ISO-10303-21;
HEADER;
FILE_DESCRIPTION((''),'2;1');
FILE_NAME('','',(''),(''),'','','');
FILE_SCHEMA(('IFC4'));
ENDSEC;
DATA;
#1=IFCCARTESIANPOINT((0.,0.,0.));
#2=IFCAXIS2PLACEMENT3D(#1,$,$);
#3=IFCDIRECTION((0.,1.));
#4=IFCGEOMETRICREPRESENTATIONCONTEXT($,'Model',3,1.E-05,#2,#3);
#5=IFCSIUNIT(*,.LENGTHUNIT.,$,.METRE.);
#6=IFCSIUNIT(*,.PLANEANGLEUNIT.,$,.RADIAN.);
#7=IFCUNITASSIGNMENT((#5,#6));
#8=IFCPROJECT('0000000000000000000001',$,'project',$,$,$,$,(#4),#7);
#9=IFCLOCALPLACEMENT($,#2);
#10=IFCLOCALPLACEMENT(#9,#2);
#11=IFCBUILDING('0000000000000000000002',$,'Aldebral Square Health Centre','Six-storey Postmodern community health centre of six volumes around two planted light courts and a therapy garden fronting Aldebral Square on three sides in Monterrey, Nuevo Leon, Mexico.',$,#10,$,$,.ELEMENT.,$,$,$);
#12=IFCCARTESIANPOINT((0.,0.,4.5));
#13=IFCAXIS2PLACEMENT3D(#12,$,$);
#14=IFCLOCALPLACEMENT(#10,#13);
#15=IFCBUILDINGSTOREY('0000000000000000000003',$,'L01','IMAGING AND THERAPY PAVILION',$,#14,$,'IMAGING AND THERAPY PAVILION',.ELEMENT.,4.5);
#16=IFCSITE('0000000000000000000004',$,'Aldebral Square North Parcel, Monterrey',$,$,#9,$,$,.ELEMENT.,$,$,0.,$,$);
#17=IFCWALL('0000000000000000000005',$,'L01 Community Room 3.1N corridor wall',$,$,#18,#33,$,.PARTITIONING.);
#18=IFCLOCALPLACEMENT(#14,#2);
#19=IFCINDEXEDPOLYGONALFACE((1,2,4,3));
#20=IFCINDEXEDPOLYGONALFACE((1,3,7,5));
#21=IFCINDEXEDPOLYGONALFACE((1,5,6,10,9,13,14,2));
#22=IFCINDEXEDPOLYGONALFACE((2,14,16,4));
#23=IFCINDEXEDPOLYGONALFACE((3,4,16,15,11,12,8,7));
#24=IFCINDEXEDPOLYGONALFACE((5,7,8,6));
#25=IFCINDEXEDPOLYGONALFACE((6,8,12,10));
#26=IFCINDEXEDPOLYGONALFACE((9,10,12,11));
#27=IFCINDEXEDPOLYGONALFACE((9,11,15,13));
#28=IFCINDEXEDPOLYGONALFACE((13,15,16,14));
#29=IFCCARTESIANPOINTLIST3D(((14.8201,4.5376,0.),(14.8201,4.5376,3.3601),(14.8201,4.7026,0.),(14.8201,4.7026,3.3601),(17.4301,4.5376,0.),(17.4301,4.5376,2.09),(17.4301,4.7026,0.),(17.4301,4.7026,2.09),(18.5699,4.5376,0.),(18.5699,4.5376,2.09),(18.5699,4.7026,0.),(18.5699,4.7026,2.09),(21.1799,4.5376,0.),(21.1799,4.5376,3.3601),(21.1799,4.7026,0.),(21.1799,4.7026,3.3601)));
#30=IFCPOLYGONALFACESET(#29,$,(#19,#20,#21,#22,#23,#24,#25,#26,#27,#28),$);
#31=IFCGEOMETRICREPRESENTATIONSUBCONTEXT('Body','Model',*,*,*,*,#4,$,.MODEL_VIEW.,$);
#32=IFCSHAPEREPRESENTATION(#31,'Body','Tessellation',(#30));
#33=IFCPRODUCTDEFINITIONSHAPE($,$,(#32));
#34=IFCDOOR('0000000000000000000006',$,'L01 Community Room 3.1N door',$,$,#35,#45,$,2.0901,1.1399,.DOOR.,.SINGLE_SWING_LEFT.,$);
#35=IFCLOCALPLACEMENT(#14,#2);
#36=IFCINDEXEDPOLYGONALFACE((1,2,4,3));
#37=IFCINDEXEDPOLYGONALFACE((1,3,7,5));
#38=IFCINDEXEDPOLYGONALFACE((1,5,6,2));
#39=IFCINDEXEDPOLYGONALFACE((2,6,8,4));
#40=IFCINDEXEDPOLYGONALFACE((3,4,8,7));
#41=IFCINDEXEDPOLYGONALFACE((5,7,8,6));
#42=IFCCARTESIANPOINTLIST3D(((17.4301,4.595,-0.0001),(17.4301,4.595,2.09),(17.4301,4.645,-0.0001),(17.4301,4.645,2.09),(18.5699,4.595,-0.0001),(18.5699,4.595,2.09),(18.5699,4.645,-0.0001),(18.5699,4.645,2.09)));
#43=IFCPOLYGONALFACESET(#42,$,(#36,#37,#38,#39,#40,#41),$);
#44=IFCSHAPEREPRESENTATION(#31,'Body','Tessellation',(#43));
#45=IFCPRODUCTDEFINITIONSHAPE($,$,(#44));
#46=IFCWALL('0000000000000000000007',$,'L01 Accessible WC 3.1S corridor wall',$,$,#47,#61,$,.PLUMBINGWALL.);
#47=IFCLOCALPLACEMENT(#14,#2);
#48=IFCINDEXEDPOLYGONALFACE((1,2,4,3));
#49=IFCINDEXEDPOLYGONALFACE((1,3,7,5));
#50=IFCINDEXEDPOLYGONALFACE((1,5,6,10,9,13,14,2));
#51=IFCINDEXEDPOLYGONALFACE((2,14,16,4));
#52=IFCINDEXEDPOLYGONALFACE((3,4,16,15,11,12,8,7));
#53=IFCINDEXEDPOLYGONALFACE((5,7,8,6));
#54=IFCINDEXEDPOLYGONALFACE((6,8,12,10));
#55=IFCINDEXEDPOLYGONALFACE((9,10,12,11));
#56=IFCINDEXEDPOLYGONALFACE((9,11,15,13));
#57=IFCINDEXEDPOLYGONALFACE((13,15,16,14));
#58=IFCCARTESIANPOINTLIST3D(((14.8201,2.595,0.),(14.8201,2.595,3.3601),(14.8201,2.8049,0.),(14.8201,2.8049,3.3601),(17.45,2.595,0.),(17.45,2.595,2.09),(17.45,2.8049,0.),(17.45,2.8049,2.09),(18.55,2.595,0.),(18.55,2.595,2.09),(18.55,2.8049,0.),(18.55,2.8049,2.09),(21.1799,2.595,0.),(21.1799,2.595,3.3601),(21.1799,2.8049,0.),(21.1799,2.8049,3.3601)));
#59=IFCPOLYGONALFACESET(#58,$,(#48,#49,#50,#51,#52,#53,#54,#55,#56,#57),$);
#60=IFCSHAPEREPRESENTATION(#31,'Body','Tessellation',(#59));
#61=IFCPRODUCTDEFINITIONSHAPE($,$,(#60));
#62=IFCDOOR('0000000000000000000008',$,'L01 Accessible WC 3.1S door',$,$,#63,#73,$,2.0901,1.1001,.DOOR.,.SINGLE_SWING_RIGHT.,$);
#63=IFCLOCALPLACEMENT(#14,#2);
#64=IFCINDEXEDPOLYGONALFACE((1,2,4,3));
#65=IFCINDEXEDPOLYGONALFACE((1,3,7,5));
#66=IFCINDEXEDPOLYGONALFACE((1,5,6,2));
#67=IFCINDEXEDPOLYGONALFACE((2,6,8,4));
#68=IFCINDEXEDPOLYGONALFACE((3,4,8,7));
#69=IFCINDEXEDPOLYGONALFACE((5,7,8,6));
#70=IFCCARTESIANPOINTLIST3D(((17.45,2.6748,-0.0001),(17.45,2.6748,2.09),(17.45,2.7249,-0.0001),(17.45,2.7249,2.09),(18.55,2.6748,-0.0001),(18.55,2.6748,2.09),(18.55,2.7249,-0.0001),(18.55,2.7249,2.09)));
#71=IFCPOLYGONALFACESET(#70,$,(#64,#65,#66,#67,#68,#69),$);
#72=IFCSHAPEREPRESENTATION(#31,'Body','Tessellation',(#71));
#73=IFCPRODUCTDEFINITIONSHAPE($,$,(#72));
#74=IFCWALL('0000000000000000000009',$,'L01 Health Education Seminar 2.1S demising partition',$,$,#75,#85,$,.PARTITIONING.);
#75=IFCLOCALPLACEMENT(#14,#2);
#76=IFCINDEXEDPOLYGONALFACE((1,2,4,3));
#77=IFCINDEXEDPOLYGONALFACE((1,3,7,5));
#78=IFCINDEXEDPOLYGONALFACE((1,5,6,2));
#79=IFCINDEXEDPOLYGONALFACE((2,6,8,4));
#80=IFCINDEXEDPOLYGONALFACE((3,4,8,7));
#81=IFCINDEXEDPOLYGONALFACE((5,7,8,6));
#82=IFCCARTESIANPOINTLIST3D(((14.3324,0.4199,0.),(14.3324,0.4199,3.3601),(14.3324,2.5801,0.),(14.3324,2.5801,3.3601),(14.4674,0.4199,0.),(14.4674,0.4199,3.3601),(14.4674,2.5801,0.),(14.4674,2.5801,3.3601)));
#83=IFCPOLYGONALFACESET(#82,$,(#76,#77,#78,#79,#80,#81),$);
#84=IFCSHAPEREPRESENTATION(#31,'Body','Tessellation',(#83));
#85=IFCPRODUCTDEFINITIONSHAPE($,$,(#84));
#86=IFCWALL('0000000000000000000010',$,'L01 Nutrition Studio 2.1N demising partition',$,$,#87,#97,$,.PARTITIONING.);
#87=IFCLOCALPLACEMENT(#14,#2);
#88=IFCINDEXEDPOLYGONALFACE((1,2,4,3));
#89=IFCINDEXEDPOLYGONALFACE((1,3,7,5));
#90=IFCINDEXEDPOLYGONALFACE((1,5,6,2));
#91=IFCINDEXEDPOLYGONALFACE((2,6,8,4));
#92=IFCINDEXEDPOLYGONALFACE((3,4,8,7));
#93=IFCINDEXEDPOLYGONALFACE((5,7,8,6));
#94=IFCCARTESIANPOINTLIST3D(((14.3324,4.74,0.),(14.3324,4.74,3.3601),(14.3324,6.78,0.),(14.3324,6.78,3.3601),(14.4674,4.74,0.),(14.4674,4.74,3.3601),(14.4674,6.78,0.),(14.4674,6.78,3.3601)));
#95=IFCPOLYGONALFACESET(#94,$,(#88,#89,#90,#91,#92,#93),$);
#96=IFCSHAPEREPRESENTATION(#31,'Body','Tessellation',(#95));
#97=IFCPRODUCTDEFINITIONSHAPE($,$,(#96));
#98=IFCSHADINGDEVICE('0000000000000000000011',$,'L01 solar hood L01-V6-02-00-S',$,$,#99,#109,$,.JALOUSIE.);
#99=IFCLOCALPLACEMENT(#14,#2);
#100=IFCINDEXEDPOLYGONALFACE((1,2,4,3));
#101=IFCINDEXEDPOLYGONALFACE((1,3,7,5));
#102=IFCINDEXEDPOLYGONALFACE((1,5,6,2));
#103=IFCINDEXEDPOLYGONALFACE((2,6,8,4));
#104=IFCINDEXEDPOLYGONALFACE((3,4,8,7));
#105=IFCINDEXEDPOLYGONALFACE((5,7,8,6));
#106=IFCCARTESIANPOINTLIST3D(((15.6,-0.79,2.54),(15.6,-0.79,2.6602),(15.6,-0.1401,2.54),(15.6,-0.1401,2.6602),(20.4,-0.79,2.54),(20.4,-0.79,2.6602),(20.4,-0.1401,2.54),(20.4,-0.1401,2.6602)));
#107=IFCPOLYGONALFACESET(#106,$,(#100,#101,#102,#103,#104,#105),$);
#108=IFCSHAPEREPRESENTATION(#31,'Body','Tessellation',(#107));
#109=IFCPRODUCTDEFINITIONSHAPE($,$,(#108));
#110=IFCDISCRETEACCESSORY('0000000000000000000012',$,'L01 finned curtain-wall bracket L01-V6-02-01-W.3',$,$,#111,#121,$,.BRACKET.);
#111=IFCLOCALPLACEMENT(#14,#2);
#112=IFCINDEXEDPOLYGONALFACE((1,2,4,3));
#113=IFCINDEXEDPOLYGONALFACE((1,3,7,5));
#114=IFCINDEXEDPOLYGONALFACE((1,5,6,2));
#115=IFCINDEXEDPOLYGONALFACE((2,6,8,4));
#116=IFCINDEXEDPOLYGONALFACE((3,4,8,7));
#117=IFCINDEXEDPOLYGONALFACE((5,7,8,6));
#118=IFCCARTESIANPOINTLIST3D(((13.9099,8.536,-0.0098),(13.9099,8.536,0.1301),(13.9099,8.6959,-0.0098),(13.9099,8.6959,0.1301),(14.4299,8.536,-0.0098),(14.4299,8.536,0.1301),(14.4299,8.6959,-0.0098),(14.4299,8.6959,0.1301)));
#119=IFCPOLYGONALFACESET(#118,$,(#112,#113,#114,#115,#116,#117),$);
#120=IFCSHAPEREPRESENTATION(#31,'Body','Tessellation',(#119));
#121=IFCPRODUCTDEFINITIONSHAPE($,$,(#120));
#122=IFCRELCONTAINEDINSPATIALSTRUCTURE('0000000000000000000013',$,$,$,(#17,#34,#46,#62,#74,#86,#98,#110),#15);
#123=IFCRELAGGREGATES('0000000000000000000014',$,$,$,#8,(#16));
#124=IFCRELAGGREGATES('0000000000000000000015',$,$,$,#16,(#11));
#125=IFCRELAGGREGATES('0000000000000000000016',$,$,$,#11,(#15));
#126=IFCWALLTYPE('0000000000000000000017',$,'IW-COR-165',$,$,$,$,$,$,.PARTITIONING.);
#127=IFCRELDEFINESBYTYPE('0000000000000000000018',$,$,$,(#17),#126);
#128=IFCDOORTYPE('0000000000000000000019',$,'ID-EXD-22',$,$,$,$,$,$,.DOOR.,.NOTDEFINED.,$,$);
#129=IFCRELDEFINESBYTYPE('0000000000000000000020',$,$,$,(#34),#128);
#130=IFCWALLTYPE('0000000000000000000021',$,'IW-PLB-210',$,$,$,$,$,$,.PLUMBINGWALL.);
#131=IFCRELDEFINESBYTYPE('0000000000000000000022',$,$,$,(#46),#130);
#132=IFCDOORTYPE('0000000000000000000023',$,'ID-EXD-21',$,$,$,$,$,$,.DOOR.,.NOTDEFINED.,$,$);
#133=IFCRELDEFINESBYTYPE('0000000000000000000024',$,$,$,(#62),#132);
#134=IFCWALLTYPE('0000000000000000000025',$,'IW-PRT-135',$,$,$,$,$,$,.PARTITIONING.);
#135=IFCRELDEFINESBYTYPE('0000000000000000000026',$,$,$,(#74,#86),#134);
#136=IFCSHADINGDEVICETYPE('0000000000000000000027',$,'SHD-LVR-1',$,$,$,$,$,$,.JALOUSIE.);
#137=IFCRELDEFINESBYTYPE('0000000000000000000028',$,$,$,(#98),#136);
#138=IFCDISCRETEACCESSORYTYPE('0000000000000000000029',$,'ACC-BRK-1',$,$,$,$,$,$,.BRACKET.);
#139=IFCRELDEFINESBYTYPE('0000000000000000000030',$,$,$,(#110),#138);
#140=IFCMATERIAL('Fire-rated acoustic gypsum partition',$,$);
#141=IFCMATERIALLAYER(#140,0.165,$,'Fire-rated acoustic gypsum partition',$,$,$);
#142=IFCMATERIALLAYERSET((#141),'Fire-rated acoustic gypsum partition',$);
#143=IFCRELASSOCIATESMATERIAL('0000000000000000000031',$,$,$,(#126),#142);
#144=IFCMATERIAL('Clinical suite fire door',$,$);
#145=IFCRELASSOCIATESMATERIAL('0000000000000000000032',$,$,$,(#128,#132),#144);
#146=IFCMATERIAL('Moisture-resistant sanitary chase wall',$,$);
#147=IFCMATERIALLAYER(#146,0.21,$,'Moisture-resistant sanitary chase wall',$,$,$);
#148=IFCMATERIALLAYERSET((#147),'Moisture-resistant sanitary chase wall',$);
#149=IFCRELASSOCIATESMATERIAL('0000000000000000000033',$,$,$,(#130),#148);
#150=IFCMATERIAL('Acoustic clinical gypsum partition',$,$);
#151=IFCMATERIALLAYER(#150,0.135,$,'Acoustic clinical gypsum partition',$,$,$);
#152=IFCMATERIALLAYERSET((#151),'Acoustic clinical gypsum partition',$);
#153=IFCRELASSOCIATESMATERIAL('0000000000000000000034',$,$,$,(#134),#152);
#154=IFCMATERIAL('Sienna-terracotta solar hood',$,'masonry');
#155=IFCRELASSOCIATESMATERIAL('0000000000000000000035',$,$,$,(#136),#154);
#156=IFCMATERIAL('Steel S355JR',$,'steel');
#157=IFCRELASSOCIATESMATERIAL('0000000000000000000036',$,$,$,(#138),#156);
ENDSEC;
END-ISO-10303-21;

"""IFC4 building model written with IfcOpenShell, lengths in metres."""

from ifc_helpers import new_model, si_unit, direction, frame, frame_2d, origin, origin_2d, place, context, subcontext, project, spatial, rectangle, extrude, material, layer, layer_set, type_object, element, fill, save


model = new_model("IFC4")

# Units and contexts
model_context = context("Model", 3, precision=1e-05, world=origin(), true_north=direction((0.0, 1.0)))
body_context = subcontext(model_context, "Body", "Model", "MODEL_VIEW")
ifc_project = project(units=[si_unit("LENGTHUNIT", "METRE"), si_unit("PLANEANGLEUNIT", "RADIAN")], contexts=[model_context])

# Site, building, storey
site_placement = place(None, origin())
site = spatial("IfcSite", under=ifc_project, at=site_placement, Name="Aldebral Square North Parcel, Monterrey", CompositionType="ELEMENT", RefElevation=0.0)
building_placement = place(site_placement, origin())
building = spatial("IfcBuilding", under=site, at=building_placement, Name="Aldebral Square Health Centre", Description="Six-storey Postmodern community health centre of six volumes around two planted light courts and a therapy garden fronting Aldebral Square on three sides in Monterrey, Nuevo Leon, Mexico.", CompositionType="ELEMENT")
storey_placement = place(building_placement, frame((0.0, 0.0, 4.5)))
storey = spatial("IfcBuildingStorey", under=building, at=storey_placement, Name="L01", Description="IMAGING AND THERAPY PAVILION", LongName="IMAGING AND THERAPY PAVILION", CompositionType="ELEMENT", Elevation=4.5)

# Walls, openings, doors
ifc_material_1 = material(Name="Clinical suite fire door")
ifc_material_2 = material(Name="Fire-rated acoustic gypsum partition")
ifc_layer_1 = layer(ifc_material_2, 0.165, Name="Fire-rated acoustic gypsum partition")
ifc_layer_set_1 = layer_set([ifc_layer_1], Name="Fire-rated acoustic gypsum partition")
wall_type_1 = type_object("IfcWallType", Name="IW-COR-165", PredefinedType="PARTITIONING", material=ifc_layer_set_1)
wall_1_placement = place(storey_placement, frame((14.8201, 4.6201, 0.0), z_axis=(0.0, 0.0, 1.0), x_axis=(1.0, 0.0, 0.0)))
wall_1 = element("IfcWall", 1, at=wall_1_placement, inside=storey, type_object=wall_type_1, Name="L01 Community Room 3.1N corridor wall", PredefinedType="PARTITIONING", context=body_context, shape_type="SweptSolid", body=[
    extrude(rectangle(XDim=6.3599, YDim=0.165, at=frame_2d((3.1799, 0.0))), origin(), (0.0, 0.0, 1.0), 3.3601),
])
opening_1_placement = place(wall_1_placement, frame((2.6101, 0.0, 0.0)))
opening_1 = element("IfcOpeningElement", 2, at=opening_1_placement, cuts=wall_1, PredefinedType="OPENING", context=body_context, shape_type="SweptSolid", body=[
    extrude(rectangle(XDim=1.1399, YDim=2.0901, at=frame_2d((0.5698, 1.0449))), frame((0.0, 0.0925, 0.0), z_axis=(0.0, -1.0, 0.0), x_axis=(1.0, 0.0, 0.0)), (0.0, 0.0, 1.0), 0.1851),
])
door_type_1 = type_object("IfcDoorType", Name="ID-EXD-22", OperationType="NOTDEFINED", PredefinedType="DOOR", material=ifc_material_1)
door_1_placement = place(opening_1_placement, origin())
door_1 = element("IfcDoor", 3, at=door_1_placement, inside=storey, type_object=door_type_1, Name="L01 Community Room 3.1N door", OperationType="SINGLE_SWING_LEFT", OverallHeight=2.0901, OverallWidth=1.1399, PredefinedType="DOOR", context=body_context, shape_type="SweptSolid", body=[
    extrude(rectangle(XDim=1.1399, YDim=2.0901, at=frame_2d((0.5698, 1.0449))), frame((0.0, 0.0249, 0.0), z_axis=(0.0, -1.0, 0.0), x_axis=(1.0, 0.0, 0.0)), (0.0, 0.0, 1.0), 0.05),
])
fill(opening_1, door_1)
ifc_material_3 = material(Name="Moisture-resistant sanitary chase wall")
ifc_layer_2 = layer(ifc_material_3, 0.21, Name="Moisture-resistant sanitary chase wall")
ifc_layer_set_2 = layer_set([ifc_layer_2], Name="Moisture-resistant sanitary chase wall")
wall_type_2 = type_object("IfcWallType", Name="IW-PLB-210", PredefinedType="PLUMBINGWALL", material=ifc_layer_set_2)
wall_2_placement = place(storey_placement, frame((14.8201, 2.7, 0.0), z_axis=(0.0, 0.0, 1.0), x_axis=(1.0, 0.0, 0.0)))
wall_2 = element("IfcWall", 4, at=wall_2_placement, inside=storey, type_object=wall_type_2, Name="L01 Accessible WC 3.1S corridor wall", PredefinedType="PLUMBINGWALL", context=body_context, shape_type="SweptSolid", body=[
    extrude(rectangle(XDim=6.3599, YDim=0.21, at=frame_2d((3.1799, 0.0))), origin(), (0.0, 0.0, 1.0), 3.3601),
])
opening_2_placement = place(wall_2_placement, frame((2.6299, 0.0, 0.0)))
opening_2 = element("IfcOpeningElement", 5, at=opening_2_placement, cuts=wall_2, PredefinedType="OPENING", context=body_context, shape_type="SweptSolid", body=[
    extrude(rectangle(XDim=1.1001, YDim=2.0901, at=frame_2d((0.55, 1.0449))), frame((0.0, 0.115, 0.0), z_axis=(0.0, -1.0, 0.0), x_axis=(1.0, 0.0, 0.0)), (0.0, 0.0, 1.0), 0.23),
])
door_type_2 = type_object("IfcDoorType", Name="ID-EXD-21", OperationType="NOTDEFINED", PredefinedType="DOOR", material=ifc_material_1)
door_2_placement = place(opening_2_placement, origin())
door_2 = element("IfcDoor", 6, at=door_2_placement, inside=storey, type_object=door_type_2, Name="L01 Accessible WC 3.1S door", OperationType="SINGLE_SWING_RIGHT", OverallHeight=2.0901, OverallWidth=1.1001, PredefinedType="DOOR", context=body_context, shape_type="SweptSolid", body=[
    extrude(rectangle(XDim=1.1001, YDim=2.0901, at=frame_2d((0.55, 1.0449))), frame((0.0, 0.0249, 0.0), z_axis=(0.0, -1.0, 0.0), x_axis=(1.0, 0.0, 0.0)), (0.0, 0.0, 1.0), 0.05),
])
fill(opening_2, door_2)

# Walls
ifc_material_4 = material(Name="Acoustic clinical gypsum partition")
ifc_layer_3 = layer(ifc_material_4, 0.135, Name="Acoustic clinical gypsum partition")
ifc_layer_set_3 = layer_set([ifc_layer_3], Name="Acoustic clinical gypsum partition")
wall_type_3 = type_object("IfcWallType", Name="IW-PRT-135", PredefinedType="PARTITIONING", material=ifc_layer_set_3)
wall_3_placement = place(storey_placement, frame((14.3999, 0.4199, 0.0), z_axis=(0.0, 0.0, 1.0), x_axis=(0.0, 1.0, 0.0)))
element("IfcWall", 7, at=wall_3_placement, inside=storey, type_object=wall_type_3, Name="L01 Health Education Seminar 2.1S demising partition", PredefinedType="PARTITIONING", context=body_context, shape_type="SweptSolid", body=[
    extrude(rectangle(XDim=2.1602, YDim=0.135, at=frame_2d((1.0801, 0.0))), origin(), (0.0, 0.0, 1.0), 3.3601),
])
wall_4_placement = place(storey_placement, frame((14.3999, 4.74, 0.0), z_axis=(0.0, 0.0, 1.0), x_axis=(0.0, 1.0, 0.0)))
element("IfcWall", 8, at=wall_4_placement, inside=storey, type_object=wall_type_3, Name="L01 Nutrition Studio 2.1N demising partition", PredefinedType="PARTITIONING", context=body_context, shape_type="SweptSolid", body=[
    extrude(rectangle(XDim=2.04, YDim=0.135, at=frame_2d((1.02, 0.0))), origin(), (0.0, 0.0, 1.0), 3.3601),
])

# Shading device
ifc_material_5 = material(Name="Sienna-terracotta solar hood", Category="masonry")
shading_device_type = type_object("IfcShadingDeviceType", Name="SHD-LVR-1", PredefinedType="JALOUSIE", material=ifc_material_5)
shading_device_placement = place(storey_placement, frame((18.0, -0.4651, 2.54), z_axis=(0.0, 0.0, 1.0), x_axis=(1.0, 0.0, 0.0)))
element("IfcShadingDevice", 9, at=shading_device_placement, inside=storey, type_object=shading_device_type, Name="L01 solar hood L01-V6-02-00-S", PredefinedType="JALOUSIE", context=body_context, shape_type="SweptSolid", body=[
    extrude(rectangle(XDim=4.8, YDim=0.6499, at=origin_2d()), origin(), (0.0, 0.0, 1.0), 0.1201),
])

# Discrete accessory
ifc_material_6 = material(Name="Steel S355JR", Category="steel")
discrete_accessory_type = type_object("IfcDiscreteAccessoryType", Name="ACC-BRK-1", PredefinedType="BRACKET", material=ifc_material_6)
discrete_accessory_placement = place(storey_placement, frame((14.1699, 8.616, -0.0098), z_axis=(0.0, 0.0, 1.0), x_axis=(0.0, 1.0, 0.0)))
element("IfcDiscreteAccessory", 10, at=discrete_accessory_placement, inside=storey, type_object=discrete_accessory_type, Name="L01 finned curtain-wall bracket L01-V6-02-01-W.3", PredefinedType="BRACKET", context=body_context, shape_type="SweptSolid", body=[
    extrude(rectangle(XDim=0.1599, YDim=0.52, at=origin_2d()), origin(), (0.0, 0.0, 1.0), 0.1399),
])

save(model, "model.ifc")
